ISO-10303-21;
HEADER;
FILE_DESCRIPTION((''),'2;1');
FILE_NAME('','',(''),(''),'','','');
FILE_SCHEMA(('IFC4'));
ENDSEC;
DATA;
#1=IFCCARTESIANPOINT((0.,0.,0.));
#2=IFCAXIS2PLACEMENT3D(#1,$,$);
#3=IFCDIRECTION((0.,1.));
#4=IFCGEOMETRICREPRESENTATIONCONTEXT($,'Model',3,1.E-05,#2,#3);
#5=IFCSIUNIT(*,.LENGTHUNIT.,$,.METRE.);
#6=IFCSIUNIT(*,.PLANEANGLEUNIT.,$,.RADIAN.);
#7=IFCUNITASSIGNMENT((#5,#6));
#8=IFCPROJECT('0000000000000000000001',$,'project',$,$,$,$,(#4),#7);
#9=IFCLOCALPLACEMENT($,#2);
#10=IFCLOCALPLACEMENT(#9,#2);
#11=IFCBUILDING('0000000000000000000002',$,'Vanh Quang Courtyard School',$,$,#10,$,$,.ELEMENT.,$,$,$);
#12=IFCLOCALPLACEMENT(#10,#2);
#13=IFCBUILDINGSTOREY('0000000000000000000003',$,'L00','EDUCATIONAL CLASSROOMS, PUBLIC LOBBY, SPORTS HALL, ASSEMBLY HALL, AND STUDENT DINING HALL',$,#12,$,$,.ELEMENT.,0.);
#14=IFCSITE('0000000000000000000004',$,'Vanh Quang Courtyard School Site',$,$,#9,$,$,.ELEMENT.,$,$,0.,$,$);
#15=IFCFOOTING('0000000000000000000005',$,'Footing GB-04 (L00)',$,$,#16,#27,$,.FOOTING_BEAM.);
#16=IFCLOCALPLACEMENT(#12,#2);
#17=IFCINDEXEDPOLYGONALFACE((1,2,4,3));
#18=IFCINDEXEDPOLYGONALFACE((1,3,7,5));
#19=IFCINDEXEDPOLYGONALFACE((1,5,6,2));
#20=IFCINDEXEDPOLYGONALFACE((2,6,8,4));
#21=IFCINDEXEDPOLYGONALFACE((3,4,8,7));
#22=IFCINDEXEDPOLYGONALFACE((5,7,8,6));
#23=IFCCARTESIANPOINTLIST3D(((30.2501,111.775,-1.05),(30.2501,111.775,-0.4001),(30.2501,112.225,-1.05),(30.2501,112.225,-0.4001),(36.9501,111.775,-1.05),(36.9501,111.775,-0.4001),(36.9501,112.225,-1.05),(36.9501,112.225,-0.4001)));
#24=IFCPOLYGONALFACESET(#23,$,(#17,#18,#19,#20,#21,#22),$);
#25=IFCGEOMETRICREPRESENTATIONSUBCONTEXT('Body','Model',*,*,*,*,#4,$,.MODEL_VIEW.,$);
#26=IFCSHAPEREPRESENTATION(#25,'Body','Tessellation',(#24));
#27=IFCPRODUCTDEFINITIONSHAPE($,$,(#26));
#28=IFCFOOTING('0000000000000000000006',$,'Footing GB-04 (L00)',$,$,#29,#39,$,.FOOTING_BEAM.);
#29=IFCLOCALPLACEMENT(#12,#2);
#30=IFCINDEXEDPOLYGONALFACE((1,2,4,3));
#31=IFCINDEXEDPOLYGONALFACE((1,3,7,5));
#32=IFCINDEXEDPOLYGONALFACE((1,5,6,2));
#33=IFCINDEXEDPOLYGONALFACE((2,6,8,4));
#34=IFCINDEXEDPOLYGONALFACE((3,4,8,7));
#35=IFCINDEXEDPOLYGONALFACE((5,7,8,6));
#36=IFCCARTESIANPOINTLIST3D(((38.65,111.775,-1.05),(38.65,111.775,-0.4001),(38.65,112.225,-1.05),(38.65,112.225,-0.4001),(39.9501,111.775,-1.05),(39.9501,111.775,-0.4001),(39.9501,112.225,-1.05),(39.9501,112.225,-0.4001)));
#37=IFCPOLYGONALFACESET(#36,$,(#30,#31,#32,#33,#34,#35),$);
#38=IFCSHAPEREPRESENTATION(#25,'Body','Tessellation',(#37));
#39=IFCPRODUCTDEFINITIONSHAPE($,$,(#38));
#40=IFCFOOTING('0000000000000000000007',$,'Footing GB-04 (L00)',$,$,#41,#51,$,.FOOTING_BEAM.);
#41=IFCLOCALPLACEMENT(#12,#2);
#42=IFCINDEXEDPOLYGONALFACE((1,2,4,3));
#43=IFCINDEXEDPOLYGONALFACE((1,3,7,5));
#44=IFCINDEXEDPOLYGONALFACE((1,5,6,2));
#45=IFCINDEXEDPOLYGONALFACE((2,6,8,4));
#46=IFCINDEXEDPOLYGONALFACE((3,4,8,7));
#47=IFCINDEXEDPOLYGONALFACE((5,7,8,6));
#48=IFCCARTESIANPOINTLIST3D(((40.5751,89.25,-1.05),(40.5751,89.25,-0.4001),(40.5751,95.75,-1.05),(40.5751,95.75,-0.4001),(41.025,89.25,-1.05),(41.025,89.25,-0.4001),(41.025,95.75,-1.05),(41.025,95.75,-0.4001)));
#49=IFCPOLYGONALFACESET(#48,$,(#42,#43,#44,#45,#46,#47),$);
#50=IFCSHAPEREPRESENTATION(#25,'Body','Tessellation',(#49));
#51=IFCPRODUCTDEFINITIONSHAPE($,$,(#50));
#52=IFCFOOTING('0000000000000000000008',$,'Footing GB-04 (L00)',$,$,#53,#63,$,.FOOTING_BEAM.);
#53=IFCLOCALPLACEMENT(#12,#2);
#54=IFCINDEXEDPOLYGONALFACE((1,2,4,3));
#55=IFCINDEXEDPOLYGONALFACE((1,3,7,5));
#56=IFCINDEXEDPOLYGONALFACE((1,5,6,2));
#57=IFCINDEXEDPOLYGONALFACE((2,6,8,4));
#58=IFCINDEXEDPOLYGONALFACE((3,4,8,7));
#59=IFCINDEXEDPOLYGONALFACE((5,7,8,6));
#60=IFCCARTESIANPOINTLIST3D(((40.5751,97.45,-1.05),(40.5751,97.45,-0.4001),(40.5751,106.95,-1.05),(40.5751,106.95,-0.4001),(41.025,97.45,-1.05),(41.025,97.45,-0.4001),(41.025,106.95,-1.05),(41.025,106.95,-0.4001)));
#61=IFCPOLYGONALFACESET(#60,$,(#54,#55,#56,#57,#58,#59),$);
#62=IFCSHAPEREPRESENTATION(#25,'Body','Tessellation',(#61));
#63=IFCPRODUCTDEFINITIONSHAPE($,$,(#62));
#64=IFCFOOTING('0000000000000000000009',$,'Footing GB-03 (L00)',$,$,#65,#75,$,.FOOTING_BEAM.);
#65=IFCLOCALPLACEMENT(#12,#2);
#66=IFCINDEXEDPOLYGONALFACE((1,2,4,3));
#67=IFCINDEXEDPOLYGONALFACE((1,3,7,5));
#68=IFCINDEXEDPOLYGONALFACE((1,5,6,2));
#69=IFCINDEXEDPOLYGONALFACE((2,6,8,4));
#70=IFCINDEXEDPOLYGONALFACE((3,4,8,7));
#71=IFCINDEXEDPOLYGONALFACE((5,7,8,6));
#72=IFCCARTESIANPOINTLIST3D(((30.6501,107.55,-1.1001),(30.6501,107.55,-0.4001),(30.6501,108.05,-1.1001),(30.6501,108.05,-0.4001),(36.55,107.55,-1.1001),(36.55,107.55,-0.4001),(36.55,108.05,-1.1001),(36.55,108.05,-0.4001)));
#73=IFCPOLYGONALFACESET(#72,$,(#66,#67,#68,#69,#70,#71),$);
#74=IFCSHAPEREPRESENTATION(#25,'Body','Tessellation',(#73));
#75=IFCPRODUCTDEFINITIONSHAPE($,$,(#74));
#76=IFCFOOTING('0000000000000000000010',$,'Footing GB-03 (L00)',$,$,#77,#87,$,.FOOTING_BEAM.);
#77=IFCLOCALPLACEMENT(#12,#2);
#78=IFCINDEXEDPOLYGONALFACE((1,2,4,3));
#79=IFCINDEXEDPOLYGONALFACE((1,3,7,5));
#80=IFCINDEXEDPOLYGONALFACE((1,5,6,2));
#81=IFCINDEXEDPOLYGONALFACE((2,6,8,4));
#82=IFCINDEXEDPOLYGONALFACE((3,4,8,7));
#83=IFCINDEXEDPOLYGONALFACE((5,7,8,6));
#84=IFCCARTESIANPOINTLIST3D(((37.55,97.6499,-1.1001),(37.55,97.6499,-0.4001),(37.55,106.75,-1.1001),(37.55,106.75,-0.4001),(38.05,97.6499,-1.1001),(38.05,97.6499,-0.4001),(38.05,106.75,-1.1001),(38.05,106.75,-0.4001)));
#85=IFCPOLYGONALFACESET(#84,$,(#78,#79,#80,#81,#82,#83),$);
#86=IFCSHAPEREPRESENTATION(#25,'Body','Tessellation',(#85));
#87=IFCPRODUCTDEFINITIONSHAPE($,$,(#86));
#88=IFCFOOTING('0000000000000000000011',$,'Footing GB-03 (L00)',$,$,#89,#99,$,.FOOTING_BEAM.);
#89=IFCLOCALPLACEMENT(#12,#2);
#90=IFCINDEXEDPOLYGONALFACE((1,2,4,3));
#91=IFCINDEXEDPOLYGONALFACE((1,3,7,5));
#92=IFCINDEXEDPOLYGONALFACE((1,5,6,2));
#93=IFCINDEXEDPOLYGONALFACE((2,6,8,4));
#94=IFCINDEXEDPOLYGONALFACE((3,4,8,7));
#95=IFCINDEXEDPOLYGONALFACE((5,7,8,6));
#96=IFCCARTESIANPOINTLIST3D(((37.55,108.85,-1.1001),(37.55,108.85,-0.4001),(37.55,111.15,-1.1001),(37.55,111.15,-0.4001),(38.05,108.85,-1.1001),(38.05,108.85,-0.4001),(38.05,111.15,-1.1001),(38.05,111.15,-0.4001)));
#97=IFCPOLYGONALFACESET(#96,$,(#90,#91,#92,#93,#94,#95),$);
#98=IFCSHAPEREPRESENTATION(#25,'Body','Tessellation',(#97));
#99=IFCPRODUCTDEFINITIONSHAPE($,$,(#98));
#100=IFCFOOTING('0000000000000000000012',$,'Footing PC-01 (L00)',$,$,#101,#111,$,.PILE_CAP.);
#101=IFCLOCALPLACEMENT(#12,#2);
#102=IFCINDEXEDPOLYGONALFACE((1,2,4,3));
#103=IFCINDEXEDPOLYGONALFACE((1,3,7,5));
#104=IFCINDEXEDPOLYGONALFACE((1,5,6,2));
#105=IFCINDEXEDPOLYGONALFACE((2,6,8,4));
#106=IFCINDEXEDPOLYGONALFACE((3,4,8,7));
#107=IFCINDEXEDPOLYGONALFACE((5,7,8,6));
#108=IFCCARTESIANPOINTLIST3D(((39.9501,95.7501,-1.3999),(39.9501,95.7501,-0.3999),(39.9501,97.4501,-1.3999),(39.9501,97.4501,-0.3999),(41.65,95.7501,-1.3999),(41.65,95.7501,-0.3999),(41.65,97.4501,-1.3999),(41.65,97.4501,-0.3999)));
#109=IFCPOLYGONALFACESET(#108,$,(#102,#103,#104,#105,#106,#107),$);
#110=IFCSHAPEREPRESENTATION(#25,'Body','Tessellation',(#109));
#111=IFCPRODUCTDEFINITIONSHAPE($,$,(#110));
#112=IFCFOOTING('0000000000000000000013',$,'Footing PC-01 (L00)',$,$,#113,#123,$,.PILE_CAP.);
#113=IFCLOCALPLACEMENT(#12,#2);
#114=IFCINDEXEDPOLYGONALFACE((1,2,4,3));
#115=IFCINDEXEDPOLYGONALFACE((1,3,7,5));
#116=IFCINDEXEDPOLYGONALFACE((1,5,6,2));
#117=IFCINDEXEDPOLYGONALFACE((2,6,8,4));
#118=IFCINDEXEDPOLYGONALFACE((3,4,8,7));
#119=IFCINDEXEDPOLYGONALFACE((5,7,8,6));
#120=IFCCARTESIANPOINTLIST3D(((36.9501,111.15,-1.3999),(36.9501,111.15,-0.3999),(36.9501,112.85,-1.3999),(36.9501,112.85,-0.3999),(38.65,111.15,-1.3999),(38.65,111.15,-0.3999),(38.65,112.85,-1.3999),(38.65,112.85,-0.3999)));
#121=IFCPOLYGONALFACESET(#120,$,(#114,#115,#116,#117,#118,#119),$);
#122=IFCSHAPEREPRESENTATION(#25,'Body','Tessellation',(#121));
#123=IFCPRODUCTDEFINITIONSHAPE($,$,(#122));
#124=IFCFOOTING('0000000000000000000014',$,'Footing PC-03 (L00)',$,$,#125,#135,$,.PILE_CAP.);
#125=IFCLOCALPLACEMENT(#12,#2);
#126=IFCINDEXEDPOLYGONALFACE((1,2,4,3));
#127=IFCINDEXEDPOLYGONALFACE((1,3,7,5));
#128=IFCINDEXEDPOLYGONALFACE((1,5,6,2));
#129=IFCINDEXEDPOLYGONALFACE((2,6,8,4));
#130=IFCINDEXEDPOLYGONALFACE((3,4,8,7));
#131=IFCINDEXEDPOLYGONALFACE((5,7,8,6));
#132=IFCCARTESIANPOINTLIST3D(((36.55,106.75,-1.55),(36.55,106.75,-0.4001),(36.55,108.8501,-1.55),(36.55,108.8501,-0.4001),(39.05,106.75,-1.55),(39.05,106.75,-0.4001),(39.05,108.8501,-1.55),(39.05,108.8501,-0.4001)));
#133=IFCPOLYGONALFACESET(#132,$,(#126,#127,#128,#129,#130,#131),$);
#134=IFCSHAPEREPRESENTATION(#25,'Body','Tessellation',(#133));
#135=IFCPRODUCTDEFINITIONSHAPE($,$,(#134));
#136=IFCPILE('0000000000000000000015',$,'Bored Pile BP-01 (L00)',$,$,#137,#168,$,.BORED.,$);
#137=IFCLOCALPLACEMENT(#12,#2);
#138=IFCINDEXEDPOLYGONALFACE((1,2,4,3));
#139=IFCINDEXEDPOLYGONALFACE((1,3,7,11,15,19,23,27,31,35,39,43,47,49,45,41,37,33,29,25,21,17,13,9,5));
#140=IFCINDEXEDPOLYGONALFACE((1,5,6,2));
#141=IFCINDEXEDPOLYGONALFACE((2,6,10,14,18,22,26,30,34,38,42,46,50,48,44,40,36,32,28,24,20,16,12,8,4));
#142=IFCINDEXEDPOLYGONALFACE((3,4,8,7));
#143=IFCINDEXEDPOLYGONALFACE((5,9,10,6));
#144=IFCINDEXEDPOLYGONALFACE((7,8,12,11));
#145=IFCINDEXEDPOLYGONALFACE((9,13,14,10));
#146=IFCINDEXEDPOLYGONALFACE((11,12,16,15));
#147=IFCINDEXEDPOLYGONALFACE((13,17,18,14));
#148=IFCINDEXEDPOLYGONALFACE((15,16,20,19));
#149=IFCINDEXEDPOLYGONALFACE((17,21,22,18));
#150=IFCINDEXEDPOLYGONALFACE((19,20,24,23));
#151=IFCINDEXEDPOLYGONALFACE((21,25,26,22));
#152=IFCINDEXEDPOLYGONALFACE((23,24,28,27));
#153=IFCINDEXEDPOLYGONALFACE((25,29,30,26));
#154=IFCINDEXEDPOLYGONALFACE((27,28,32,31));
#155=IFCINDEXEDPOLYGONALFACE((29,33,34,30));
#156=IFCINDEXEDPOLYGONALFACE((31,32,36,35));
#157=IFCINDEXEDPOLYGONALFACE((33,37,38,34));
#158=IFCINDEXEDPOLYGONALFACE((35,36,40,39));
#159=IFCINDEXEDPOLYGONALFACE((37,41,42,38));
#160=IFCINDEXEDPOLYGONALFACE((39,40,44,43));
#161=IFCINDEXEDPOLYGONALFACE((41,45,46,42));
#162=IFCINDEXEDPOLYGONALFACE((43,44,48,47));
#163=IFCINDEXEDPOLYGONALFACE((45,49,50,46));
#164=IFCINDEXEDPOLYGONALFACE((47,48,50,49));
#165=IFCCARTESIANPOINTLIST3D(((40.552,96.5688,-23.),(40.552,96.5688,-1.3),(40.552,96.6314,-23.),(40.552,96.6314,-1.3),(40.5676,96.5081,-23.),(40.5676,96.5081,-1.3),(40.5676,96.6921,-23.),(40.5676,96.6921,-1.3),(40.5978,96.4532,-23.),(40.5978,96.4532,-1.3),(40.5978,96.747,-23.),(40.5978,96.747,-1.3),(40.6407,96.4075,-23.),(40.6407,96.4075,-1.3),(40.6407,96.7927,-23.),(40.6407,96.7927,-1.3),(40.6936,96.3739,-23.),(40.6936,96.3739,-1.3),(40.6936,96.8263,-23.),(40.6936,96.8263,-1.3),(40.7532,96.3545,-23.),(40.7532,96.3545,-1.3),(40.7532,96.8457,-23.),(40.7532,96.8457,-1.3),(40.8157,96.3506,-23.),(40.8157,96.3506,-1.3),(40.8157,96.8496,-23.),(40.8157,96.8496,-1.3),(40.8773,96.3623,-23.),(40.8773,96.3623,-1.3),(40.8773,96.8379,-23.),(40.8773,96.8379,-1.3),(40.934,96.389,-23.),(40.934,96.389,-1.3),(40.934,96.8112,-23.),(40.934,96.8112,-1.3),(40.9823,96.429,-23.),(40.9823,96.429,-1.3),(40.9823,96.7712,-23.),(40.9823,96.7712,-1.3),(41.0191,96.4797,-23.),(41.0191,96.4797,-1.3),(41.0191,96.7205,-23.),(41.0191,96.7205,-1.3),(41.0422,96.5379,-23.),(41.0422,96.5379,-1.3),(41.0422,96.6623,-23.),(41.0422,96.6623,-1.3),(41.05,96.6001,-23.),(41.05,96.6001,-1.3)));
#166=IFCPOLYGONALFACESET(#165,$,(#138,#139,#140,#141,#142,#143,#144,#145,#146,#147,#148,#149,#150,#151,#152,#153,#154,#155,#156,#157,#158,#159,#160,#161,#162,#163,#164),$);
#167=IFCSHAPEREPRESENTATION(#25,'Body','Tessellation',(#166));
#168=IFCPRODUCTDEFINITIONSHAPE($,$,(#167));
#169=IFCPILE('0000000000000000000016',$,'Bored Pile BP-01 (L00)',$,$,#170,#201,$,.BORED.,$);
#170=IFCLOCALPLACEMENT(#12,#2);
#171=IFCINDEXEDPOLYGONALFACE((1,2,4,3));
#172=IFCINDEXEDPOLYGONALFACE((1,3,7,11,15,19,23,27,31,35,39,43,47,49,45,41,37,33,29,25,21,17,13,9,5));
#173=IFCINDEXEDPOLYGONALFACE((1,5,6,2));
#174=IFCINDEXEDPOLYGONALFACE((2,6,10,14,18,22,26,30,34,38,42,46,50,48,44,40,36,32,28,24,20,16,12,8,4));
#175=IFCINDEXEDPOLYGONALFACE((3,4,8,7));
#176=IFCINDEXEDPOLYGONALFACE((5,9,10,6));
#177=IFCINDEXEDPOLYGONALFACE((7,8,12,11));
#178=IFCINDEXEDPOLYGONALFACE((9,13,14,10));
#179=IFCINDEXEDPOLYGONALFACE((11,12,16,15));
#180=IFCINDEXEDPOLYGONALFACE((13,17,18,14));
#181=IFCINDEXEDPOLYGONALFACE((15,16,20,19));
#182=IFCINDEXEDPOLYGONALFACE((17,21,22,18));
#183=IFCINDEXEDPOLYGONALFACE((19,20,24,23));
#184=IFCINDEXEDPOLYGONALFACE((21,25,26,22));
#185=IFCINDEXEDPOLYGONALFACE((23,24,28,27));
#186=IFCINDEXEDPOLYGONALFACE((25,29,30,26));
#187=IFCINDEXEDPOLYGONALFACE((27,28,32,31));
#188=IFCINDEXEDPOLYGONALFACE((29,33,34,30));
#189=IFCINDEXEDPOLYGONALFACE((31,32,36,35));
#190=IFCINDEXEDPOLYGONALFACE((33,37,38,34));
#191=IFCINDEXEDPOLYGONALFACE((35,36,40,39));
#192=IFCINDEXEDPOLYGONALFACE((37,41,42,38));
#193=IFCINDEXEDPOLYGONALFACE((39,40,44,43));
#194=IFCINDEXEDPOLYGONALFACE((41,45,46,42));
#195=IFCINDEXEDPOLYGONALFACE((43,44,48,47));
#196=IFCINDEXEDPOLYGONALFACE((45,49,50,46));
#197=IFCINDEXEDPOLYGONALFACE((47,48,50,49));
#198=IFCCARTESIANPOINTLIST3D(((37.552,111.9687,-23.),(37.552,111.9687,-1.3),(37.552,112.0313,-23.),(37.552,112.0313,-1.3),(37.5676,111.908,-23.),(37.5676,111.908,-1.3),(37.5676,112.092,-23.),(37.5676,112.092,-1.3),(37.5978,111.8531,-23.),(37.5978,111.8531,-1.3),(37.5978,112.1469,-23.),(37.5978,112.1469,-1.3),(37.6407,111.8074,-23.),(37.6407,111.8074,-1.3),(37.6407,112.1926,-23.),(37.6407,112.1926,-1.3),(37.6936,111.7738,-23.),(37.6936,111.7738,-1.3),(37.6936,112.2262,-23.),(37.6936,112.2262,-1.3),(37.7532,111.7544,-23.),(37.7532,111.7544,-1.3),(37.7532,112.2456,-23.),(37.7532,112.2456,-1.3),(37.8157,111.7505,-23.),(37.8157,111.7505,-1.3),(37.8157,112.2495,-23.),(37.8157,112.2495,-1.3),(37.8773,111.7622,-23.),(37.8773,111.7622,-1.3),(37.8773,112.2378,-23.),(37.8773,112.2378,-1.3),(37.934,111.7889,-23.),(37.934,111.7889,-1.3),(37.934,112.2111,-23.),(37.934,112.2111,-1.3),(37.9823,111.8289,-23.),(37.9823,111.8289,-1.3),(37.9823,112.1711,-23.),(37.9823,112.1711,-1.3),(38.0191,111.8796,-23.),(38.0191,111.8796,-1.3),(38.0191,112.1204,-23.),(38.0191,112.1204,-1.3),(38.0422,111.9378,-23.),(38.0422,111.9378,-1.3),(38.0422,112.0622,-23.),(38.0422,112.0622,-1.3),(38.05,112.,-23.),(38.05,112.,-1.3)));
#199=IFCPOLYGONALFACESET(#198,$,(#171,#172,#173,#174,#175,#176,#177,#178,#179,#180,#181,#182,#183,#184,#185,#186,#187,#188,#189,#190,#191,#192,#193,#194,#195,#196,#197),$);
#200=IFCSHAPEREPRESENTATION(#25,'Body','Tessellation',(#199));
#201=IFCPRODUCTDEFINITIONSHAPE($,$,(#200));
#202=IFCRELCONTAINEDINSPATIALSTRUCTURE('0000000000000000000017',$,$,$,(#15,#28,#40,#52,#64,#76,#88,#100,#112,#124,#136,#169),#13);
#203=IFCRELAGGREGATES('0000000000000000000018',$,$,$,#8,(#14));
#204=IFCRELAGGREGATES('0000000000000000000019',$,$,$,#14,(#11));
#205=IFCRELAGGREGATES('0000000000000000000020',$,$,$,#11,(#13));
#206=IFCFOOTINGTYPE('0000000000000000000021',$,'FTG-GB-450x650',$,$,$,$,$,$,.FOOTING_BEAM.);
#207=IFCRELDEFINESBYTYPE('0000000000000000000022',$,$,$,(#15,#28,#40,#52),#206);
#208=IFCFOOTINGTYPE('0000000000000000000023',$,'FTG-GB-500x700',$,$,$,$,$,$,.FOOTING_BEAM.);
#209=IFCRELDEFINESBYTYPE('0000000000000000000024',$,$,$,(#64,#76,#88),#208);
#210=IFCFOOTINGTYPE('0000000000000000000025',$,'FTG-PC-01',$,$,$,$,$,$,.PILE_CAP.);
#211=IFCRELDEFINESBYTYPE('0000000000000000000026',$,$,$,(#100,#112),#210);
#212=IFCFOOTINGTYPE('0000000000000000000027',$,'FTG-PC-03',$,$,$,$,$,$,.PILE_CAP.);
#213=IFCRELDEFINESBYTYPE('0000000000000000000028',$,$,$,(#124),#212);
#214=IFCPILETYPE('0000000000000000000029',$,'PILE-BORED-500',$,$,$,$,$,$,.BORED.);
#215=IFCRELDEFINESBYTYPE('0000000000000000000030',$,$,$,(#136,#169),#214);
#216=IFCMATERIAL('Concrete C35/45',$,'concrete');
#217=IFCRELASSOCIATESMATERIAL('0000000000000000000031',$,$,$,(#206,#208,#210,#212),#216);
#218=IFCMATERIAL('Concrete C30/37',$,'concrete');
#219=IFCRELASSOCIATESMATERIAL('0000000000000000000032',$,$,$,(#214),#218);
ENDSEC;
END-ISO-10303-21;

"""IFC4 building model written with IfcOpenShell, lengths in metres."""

from ifc_helpers import new_model, si_unit, direction, frame, origin, origin_2d, place, context, subcontext, project, spatial, rectangle, circle, extrude, material, material_profile, profile_set, type_object, element, save


model = new_model("IFC4")

# Units and contexts
model_context = context("Model", 3, precision=1e-05, world=origin(), true_north=direction((0.0, 1.0)))
body_context = subcontext(model_context, "Body", "Model", "MODEL_VIEW")
ifc_project = project(units=[si_unit("LENGTHUNIT", "METRE"), si_unit("PLANEANGLEUNIT", "RADIAN")], contexts=[model_context])

# Site, building, storey
site_placement = place(None, origin())
site = spatial("IfcSite", under=ifc_project, at=site_placement, Name="Vanh Quang Courtyard School Site", CompositionType="ELEMENT", RefElevation=0.0)
building_placement = place(site_placement, origin())
building = spatial("IfcBuilding", under=site, at=building_placement, Name="Vanh Quang Courtyard School", CompositionType="ELEMENT")
storey_placement = place(building_placement, origin())
storey = spatial("IfcBuildingStorey", under=building, at=storey_placement, Name="L00", Description="EDUCATIONAL CLASSROOMS, PUBLIC LOBBY, SPORTS HALL, ASSEMBLY HALL, AND STUDENT DINING HALL", CompositionType="ELEMENT", Elevation=0.0)

# Footings
ifc_material_1 = material(Name="Concrete C35/45", Category="concrete")
footing_type_1 = type_object("IfcFootingType", Name="FTG-GB-450x650", PredefinedType="FOOTING_BEAM", material=ifc_material_1)
footing_1_placement = place(storey_placement, frame((33.6001, 112.0, -1.05), z_axis=(0.0, 0.0, 1.0), x_axis=(1.0, 0.0, 0.0)))
element("IfcFooting", 1, at=footing_1_placement, inside=storey, type_object=footing_type_1, Name="Footing GB-04 (L00)", PredefinedType="FOOTING_BEAM", context=body_context, shape_type="SweptSolid", body=[
    extrude(rectangle(XDim=6.7, YDim=0.45, at=origin_2d()), origin(), (0.0, 0.0, 1.0), 0.6499),
])
footing_2_placement = place(storey_placement, frame((39.3, 112.0, -1.05), z_axis=(0.0, 0.0, 1.0), x_axis=(1.0, 0.0, 0.0)))
element("IfcFooting", 2, at=footing_2_placement, inside=storey, type_object=footing_type_1, Name="Footing GB-04 (L00)", PredefinedType="FOOTING_BEAM", context=body_context, shape_type="SweptSolid", body=[
    extrude(rectangle(XDim=1.3, YDim=0.45, at=origin_2d()), origin(), (0.0, 0.0, 1.0), 0.6499),
])
footing_3_placement = place(storey_placement, frame((40.8, 92.5, -1.05), z_axis=(0.0, 0.0, 1.0), x_axis=(0.0, 1.0, 0.0)))
element("IfcFooting", 3, at=footing_3_placement, inside=storey, type_object=footing_type_1, Name="Footing GB-04 (L00)", PredefinedType="FOOTING_BEAM", context=body_context, shape_type="SweptSolid", body=[
    extrude(rectangle(XDim=6.5, YDim=0.45, at=origin_2d()), origin(), (0.0, 0.0, 1.0), 0.6499),
])
footing_4_placement = place(storey_placement, frame((40.8, 102.2, -1.05), z_axis=(0.0, 0.0, 1.0), x_axis=(0.0, 1.0, 0.0)))
element("IfcFooting", 4, at=footing_4_placement, inside=storey, type_object=footing_type_1, Name="Footing GB-04 (L00)", PredefinedType="FOOTING_BEAM", context=body_context, shape_type="SweptSolid", body=[
    extrude(rectangle(XDim=9.5, YDim=0.45, at=origin_2d()), origin(), (0.0, 0.0, 1.0), 0.6499),
])
footing_type_2 = type_object("IfcFootingType", Name="FTG-GB-500x700", PredefinedType="FOOTING_BEAM", material=ifc_material_1)
footing_5_placement = place(storey_placement, frame((33.6001, 107.8, -1.1001), z_axis=(0.0, 0.0, 1.0), x_axis=(1.0, 0.0, 0.0)))
element("IfcFooting", 5, at=footing_5_placement, inside=storey, type_object=footing_type_2, Name="Footing GB-03 (L00)", PredefinedType="FOOTING_BEAM", context=body_context, shape_type="SweptSolid", body=[
    extrude(rectangle(XDim=5.8999, YDim=0.5, at=origin_2d()), origin(), (0.0, 0.0, 1.0), 0.7),
])
footing_6_placement = place(storey_placement, frame((37.8, 102.2, -1.1001), z_axis=(0.0, 0.0, 1.0), x_axis=(0.0, 1.0, 0.0)))
element("IfcFooting", 6, at=footing_6_placement, inside=storey, type_object=footing_type_2, Name="Footing GB-03 (L00)", PredefinedType="FOOTING_BEAM", context=body_context, shape_type="SweptSolid", body=[
    extrude(rectangle(XDim=9.1001, YDim=0.5, at=origin_2d()), origin(), (0.0, 0.0, 1.0), 0.7),
])
footing_7_placement = place(storey_placement, frame((37.8, 110.0, -1.1001), z_axis=(0.0, 0.0, 1.0), x_axis=(0.0, 1.0, 0.0)))
element("IfcFooting", 7, at=footing_7_placement, inside=storey, type_object=footing_type_2, Name="Footing GB-03 (L00)", PredefinedType="FOOTING_BEAM", context=body_context, shape_type="SweptSolid", body=[
    extrude(rectangle(XDim=2.3, YDim=0.5, at=origin_2d()), origin(), (0.0, 0.0, 1.0), 0.7),
])
footing_type_3 = type_object("IfcFootingType", Name="FTG-PC-01", PredefinedType="PILE_CAP", material=ifc_material_1)
for number, where, z_axis, x_axis, name in (
    (8, (40.8, 96.6001, -1.3999), (0.0, 0.0, 1.0), (1.0, 0.0, 0.0), "Footing PC-01 (L00)"),
    (9, (37.8, 112.0, -1.3999), (0.0, 0.0, 1.0), (1.0, 0.0, 0.0), "Footing PC-01 (L00)"),
):
    element("IfcFooting", number, at=place(storey_placement, frame(where, z_axis=z_axis, x_axis=x_axis)), inside=storey, type_object=footing_type_3, Name=name, PredefinedType="PILE_CAP", context=body_context, shape_type="SweptSolid", body=[
        extrude(rectangle(XDim=1.7, YDim=1.7, at=origin_2d()), origin(), (0.0, 0.0, 1.0), 1.0),
    ])
footing_type_4 = type_object("IfcFootingType", Name="FTG-PC-03", PredefinedType="PILE_CAP", material=ifc_material_1)
footing_8_placement = place(storey_placement, frame((37.8, 107.8, -1.55), z_axis=(0.0, 0.0, 1.0), x_axis=(1.0, 0.0, 0.0)))
element("IfcFooting", 10, at=footing_8_placement, inside=storey, type_object=footing_type_4, Name="Footing PC-03 (L00)", PredefinedType="PILE_CAP", context=body_context, shape_type="SweptSolid", body=[
    extrude(rectangle(XDim=2.5, YDim=2.1001, at=origin_2d()), origin(), (0.0, 0.0, 1.0), 1.1499),
])

# Piles
ifc_material_2 = material(Name="Concrete C30/37", Category="concrete")
ifc_material_profile_1 = material_profile(ifc_material_2, circle(Radius=0.25, at=origin_2d()), Name="PILE D500")
ifc_profile_set_1 = profile_set([ifc_material_profile_1], Name="Concrete C30/37")
pile_type_1 = type_object("IfcPileType", Name="PILE-BORED-500", PredefinedType="BORED", material=ifc_profile_set_1)
for number, where, z_axis, x_axis, name in (
    (11, (40.8, 96.6001, -1.3), (0.0, 0.0, -1.0), (1.0, 0.0, 0.0), "Bored Pile BP-01 (L00)"),
    (12, (37.8, 112.0, -1.3), (0.0, 0.0, -1.0), (1.0, 0.0, 0.0), "Bored Pile BP-01 (L00)"),
):
    element("IfcPile", number, at=place(storey_placement, frame(where, z_axis=z_axis, x_axis=x_axis)), inside=storey, type_object=pile_type_1, Name=name, PredefinedType="BORED", context=body_context, shape_type="SweptSolid", body=[
        extrude(circle(Radius=0.25, at=origin_2d()), origin(), (0.0, 0.0, 1.0), 21.7),
    ])

save(model, "model.ifc")
